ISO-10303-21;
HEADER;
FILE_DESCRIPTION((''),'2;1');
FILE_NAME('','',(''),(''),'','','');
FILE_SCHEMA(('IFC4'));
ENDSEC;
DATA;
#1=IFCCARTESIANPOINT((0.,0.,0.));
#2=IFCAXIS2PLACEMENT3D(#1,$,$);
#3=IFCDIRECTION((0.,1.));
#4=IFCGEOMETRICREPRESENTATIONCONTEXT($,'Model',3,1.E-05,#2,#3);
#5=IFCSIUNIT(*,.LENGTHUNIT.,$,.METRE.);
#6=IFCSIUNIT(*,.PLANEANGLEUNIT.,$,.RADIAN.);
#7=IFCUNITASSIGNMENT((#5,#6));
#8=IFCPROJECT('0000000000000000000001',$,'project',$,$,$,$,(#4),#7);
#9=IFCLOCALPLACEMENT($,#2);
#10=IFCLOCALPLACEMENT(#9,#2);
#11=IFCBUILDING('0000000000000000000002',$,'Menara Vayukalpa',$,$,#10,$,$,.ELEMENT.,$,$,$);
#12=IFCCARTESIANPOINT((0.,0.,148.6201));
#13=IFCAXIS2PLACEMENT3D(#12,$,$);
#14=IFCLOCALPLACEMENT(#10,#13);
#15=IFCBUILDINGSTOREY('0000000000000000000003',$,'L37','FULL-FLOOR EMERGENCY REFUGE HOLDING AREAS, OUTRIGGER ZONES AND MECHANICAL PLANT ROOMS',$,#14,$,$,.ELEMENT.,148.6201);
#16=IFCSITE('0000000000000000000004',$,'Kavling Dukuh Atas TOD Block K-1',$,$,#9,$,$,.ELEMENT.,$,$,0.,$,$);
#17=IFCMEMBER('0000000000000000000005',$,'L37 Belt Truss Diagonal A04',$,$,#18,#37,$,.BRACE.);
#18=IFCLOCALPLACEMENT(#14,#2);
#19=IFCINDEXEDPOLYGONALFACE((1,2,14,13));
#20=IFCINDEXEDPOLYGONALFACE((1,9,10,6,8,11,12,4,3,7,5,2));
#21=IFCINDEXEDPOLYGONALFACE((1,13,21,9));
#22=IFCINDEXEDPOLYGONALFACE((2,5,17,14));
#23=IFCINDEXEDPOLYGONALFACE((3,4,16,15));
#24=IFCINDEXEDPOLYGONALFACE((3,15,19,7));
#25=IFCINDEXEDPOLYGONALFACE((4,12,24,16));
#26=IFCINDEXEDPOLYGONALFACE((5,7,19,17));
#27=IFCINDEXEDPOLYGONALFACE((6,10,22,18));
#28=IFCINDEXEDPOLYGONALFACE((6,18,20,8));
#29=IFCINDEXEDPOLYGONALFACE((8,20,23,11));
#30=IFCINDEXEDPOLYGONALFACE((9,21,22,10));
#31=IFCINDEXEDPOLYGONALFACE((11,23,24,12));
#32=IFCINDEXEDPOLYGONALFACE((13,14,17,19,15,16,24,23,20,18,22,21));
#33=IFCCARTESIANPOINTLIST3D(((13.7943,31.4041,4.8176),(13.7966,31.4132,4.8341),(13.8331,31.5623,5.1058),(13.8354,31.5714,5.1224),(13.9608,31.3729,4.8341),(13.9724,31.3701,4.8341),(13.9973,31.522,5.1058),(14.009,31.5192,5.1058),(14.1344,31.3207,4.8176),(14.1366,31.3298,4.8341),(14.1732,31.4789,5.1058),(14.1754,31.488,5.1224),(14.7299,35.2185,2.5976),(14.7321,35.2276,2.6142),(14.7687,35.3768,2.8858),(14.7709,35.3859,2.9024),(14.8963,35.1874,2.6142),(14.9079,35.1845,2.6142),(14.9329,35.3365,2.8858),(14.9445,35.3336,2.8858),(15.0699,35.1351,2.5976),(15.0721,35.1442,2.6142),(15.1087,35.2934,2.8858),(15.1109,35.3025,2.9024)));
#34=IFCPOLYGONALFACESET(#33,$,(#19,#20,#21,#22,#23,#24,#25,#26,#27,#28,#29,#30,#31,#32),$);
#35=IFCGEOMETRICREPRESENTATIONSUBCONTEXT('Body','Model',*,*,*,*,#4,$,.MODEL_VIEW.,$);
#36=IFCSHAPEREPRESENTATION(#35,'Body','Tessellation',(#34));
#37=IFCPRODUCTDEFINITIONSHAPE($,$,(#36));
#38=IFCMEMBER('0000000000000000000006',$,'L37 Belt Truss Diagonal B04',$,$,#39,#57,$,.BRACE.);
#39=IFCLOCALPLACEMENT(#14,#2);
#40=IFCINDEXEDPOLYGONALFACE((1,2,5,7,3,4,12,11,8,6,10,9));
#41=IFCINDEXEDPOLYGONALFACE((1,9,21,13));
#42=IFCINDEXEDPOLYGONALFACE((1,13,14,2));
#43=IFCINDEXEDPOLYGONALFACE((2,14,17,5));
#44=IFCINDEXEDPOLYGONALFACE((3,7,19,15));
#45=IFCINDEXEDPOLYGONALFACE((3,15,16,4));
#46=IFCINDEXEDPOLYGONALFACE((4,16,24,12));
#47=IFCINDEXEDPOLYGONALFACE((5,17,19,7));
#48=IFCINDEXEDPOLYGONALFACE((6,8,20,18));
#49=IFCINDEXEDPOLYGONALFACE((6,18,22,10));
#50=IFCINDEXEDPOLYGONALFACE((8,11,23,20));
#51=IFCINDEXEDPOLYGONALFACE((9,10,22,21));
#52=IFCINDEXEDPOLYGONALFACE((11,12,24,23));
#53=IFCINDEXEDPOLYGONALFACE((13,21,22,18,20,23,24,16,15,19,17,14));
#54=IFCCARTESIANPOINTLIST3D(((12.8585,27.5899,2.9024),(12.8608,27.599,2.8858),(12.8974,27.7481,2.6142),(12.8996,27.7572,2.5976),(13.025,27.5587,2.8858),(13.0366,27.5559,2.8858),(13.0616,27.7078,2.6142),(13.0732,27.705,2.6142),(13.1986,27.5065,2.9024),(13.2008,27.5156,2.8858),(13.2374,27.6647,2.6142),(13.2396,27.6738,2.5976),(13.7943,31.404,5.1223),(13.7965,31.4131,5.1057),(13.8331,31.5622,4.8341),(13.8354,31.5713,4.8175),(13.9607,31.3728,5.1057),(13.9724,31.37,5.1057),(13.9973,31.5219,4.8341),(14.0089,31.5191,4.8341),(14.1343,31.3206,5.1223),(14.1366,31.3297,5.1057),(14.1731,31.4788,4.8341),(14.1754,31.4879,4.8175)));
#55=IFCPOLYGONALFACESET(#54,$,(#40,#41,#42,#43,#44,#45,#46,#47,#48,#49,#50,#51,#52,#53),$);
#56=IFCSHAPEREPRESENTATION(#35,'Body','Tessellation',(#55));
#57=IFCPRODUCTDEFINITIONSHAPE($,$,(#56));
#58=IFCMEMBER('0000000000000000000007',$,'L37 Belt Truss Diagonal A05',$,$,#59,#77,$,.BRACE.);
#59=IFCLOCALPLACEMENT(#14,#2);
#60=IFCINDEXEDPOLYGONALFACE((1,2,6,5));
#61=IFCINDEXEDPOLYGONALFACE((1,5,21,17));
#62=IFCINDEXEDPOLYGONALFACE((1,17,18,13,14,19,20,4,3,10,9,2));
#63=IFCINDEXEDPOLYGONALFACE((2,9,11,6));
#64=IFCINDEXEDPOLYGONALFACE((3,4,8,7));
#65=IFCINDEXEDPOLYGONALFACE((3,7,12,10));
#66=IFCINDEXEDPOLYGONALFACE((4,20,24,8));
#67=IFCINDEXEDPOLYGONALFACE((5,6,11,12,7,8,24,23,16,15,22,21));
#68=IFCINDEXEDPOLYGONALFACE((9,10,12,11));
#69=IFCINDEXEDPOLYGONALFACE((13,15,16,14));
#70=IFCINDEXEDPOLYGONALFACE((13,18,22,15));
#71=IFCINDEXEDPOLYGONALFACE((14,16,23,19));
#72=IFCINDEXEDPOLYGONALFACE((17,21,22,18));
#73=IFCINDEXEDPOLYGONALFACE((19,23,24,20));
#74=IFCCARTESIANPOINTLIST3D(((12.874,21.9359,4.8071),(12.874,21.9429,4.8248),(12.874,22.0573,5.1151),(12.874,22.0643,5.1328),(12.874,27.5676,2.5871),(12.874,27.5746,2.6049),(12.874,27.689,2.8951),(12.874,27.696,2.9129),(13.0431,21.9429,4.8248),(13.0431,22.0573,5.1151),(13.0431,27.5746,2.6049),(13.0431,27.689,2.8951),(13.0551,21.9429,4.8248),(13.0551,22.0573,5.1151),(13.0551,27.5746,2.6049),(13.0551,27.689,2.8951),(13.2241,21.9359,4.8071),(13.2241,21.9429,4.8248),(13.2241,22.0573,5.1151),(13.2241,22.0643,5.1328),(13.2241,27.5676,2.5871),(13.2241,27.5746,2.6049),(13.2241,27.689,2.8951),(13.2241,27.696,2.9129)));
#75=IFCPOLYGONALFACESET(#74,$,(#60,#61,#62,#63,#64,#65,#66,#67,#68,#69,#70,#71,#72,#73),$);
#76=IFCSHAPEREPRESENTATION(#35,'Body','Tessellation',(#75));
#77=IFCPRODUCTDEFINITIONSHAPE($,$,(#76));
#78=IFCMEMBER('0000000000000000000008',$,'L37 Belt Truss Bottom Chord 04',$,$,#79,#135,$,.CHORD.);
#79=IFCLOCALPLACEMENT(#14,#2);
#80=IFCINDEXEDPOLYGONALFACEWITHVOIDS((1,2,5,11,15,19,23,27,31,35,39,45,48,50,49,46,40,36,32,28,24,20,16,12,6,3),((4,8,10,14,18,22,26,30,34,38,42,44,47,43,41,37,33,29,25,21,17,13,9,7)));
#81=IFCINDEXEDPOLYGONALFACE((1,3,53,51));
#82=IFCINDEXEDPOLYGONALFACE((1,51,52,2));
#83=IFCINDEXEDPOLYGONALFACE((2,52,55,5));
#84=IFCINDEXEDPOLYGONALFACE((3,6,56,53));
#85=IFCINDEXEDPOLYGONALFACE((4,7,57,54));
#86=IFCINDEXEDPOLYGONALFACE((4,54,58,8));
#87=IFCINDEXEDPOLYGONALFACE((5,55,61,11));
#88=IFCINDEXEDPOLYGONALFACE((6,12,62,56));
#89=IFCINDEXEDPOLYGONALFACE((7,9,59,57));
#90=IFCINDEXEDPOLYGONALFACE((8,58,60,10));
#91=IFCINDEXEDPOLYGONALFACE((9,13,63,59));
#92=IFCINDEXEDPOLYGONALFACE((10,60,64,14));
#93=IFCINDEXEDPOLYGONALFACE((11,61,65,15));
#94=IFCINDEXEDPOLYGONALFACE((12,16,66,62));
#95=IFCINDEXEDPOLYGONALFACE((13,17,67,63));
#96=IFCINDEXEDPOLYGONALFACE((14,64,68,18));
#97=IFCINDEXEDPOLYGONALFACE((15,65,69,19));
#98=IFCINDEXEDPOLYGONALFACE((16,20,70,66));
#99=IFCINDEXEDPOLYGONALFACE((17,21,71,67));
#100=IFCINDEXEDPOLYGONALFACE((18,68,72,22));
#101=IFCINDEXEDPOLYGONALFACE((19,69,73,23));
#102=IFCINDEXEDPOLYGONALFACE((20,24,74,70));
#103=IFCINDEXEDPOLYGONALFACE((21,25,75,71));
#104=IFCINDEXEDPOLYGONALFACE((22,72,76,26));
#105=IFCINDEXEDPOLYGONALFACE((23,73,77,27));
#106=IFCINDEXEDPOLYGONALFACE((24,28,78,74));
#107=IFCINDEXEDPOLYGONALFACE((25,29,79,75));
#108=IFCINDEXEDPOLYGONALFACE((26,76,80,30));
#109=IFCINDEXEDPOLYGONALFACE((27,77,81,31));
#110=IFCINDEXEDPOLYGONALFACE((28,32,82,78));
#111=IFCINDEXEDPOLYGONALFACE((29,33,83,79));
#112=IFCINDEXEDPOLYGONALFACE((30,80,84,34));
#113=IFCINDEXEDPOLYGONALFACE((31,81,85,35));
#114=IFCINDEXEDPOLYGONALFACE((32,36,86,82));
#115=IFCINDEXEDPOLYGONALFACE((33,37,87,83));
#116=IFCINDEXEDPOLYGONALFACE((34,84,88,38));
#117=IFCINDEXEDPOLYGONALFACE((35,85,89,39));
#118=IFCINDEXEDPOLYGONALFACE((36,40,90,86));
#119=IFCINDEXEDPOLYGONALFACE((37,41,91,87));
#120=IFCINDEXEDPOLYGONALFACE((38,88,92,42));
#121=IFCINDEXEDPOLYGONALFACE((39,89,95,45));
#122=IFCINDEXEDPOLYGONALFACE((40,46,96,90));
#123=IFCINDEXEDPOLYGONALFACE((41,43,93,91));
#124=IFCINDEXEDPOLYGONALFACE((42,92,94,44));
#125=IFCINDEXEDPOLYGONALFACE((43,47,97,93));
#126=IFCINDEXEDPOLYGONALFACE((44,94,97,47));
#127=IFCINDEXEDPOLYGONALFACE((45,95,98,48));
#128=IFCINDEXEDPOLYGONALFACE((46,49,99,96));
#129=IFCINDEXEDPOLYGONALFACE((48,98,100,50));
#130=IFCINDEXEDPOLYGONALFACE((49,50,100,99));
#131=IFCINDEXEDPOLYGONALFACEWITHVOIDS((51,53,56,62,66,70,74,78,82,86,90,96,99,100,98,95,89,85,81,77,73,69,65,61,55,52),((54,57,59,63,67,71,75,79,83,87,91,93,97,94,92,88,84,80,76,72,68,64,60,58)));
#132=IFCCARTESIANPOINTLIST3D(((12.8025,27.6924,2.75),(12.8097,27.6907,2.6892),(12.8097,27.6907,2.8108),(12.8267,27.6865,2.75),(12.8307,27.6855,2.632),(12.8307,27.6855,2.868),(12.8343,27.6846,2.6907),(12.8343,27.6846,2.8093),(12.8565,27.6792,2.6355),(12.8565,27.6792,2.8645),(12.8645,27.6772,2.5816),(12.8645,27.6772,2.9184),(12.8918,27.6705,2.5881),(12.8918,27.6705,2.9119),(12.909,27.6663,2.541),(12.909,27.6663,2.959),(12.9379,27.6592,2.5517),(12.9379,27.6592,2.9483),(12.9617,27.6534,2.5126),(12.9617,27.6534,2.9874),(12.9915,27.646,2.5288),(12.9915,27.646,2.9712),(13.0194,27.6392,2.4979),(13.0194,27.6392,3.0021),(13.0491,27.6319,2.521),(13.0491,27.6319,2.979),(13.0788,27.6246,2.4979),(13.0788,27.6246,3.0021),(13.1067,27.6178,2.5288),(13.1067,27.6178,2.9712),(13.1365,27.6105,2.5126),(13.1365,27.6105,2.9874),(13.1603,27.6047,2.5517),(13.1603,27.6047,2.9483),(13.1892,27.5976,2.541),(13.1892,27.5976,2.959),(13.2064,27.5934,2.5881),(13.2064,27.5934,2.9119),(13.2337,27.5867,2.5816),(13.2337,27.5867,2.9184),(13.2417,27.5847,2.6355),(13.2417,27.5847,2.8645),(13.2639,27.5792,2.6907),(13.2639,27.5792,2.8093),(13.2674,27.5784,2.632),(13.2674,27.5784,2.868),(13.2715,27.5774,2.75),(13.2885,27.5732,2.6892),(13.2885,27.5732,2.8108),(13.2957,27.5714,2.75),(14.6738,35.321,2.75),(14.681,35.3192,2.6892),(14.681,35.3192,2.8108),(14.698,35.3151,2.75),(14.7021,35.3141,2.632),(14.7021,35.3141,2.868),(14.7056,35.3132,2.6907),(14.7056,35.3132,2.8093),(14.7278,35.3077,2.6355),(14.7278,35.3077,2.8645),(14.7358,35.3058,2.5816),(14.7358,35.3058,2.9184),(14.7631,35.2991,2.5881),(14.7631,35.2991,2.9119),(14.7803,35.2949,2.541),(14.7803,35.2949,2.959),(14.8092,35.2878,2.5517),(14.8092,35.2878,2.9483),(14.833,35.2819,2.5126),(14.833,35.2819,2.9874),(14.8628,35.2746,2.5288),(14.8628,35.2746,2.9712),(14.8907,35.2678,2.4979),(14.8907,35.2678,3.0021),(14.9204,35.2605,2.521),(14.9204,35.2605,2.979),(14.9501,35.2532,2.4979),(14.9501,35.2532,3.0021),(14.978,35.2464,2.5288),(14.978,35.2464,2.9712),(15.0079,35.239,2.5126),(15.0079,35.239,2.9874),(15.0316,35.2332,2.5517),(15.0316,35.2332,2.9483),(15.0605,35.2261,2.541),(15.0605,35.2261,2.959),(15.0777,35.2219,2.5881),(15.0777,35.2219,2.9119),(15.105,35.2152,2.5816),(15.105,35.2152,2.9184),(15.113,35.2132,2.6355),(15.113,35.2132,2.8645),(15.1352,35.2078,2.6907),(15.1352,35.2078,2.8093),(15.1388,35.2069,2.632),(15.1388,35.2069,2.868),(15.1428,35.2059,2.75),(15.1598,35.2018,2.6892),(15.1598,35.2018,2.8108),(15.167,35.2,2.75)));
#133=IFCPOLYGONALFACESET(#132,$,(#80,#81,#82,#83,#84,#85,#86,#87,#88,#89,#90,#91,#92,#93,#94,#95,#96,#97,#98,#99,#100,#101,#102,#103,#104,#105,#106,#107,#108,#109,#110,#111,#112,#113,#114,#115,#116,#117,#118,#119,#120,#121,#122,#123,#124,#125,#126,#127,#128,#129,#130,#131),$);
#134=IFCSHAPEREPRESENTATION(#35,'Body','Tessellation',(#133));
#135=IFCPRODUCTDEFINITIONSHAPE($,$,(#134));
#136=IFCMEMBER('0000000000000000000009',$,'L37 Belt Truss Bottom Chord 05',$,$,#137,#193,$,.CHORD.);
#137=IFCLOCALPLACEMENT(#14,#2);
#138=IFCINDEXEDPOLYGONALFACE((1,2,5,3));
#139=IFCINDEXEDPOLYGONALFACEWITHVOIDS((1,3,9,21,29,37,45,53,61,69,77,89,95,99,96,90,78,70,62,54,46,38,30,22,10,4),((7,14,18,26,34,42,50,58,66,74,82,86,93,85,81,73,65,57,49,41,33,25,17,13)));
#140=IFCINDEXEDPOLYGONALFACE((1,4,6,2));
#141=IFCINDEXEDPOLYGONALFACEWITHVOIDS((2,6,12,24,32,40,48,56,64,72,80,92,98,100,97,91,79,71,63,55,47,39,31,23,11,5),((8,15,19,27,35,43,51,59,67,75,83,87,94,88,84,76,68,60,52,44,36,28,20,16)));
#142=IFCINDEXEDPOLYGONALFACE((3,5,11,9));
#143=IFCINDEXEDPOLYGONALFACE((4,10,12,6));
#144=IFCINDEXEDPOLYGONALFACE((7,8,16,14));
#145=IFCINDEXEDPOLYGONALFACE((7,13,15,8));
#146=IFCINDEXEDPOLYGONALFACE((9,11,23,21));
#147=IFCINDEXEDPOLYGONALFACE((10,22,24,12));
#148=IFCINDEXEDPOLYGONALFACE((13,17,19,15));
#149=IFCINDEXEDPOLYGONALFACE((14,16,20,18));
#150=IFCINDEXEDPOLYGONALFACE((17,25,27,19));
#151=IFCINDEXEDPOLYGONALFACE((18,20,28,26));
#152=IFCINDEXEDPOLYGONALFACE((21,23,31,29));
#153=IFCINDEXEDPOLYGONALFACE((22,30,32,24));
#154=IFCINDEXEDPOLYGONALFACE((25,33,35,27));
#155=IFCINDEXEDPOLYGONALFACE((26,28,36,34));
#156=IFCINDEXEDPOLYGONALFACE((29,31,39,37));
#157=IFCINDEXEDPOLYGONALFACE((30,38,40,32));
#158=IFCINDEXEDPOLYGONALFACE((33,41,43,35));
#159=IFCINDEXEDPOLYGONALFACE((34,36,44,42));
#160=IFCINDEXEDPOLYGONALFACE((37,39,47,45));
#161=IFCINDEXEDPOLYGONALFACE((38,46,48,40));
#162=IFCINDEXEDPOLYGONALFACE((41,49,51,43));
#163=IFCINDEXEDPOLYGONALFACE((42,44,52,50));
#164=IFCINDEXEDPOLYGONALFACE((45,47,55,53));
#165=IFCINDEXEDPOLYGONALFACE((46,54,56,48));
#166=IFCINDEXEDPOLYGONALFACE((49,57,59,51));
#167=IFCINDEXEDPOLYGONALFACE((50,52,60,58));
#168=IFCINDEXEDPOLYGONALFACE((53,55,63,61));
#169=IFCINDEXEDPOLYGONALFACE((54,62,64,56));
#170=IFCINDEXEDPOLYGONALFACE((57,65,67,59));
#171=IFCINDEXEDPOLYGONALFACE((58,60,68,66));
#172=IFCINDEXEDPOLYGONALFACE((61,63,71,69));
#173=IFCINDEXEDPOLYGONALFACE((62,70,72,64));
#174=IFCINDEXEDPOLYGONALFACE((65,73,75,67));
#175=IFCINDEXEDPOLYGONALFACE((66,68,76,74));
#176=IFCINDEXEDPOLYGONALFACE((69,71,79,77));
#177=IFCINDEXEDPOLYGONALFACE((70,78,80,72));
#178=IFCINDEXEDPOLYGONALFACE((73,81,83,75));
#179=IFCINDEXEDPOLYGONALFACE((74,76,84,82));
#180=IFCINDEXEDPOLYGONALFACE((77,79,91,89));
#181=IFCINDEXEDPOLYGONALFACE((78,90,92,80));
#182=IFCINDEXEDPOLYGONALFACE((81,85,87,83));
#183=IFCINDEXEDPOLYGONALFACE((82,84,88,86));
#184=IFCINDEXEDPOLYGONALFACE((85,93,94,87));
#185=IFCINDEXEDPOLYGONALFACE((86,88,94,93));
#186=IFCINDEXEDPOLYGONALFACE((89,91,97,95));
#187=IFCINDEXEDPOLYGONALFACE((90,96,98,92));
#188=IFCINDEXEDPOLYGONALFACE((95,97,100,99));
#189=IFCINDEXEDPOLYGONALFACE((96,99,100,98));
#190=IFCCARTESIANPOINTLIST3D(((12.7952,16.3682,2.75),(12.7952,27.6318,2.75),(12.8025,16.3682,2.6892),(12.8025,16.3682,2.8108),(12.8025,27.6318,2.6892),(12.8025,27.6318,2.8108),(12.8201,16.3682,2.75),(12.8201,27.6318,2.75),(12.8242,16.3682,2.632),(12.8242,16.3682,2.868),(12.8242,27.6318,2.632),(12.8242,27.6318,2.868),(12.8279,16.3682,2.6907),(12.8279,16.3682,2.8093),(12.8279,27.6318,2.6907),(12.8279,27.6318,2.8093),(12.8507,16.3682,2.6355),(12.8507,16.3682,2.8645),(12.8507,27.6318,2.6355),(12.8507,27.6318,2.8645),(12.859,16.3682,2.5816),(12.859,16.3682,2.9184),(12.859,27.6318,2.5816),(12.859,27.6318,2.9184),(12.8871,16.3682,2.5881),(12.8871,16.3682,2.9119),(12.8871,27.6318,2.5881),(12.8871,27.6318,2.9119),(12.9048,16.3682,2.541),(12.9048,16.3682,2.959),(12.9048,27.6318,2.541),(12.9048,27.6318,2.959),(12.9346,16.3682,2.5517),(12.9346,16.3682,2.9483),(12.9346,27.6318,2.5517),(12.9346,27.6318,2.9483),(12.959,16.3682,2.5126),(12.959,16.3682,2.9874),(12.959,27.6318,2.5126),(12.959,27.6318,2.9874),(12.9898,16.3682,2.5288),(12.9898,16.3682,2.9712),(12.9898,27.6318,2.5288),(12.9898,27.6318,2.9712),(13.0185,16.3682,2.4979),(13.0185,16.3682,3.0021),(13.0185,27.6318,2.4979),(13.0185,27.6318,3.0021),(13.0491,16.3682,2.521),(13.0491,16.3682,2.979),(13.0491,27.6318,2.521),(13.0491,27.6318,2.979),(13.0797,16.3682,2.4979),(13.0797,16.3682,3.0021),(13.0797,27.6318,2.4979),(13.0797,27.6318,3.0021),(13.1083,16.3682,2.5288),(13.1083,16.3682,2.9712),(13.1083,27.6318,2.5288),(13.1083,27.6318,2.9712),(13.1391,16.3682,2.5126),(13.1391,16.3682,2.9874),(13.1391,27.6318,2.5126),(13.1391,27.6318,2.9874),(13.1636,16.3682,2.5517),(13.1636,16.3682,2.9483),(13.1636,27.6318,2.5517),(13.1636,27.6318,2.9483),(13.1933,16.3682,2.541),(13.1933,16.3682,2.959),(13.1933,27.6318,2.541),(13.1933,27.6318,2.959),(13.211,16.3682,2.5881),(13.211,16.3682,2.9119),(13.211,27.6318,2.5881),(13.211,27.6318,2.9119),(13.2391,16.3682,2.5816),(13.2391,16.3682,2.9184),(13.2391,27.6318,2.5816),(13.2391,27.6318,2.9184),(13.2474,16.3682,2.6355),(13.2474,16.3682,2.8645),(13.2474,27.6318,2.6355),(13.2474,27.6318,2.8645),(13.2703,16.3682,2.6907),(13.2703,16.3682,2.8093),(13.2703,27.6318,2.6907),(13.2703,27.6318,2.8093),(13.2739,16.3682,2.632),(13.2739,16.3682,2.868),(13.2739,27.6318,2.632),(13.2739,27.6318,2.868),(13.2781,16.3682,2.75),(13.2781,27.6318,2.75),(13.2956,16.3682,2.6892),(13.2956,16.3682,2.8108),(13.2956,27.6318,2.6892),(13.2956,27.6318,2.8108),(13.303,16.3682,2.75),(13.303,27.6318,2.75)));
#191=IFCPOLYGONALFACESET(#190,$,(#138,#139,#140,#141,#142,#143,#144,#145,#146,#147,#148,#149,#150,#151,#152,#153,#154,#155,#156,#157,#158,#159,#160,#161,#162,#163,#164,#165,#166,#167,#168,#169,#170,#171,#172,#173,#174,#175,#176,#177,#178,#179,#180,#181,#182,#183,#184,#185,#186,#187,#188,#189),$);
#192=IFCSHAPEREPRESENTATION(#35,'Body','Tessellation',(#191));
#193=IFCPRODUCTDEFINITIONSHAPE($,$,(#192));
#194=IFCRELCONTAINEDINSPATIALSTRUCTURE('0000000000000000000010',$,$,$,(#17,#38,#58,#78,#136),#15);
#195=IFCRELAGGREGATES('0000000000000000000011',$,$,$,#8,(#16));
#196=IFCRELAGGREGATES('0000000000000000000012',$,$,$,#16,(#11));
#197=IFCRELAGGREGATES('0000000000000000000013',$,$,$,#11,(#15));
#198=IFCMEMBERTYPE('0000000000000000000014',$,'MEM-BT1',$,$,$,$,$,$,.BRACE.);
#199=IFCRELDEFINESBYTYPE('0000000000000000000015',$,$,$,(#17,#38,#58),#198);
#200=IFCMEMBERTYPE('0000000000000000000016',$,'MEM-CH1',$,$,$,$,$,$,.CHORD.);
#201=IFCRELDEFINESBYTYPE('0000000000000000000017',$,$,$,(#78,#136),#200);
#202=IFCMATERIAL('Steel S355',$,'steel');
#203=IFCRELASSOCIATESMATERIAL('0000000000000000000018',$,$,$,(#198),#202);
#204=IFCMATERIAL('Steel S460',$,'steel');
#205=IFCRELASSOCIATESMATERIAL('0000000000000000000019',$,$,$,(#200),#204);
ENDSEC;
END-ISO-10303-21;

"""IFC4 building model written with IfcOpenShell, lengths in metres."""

from ifc_helpers import new_model, si_unit, direction, frame, origin, origin_2d, place, context, subcontext, project, spatial, hollow_circle, i_section, extrude, material, material_profile, profile_set, type_object, element, save


model = new_model("IFC4")

# Units and contexts
model_context = context("Model", 3, precision=1e-05, world=origin(), true_north=direction((0.0, 1.0)))
body_context = subcontext(model_context, "Body", "Model", "MODEL_VIEW")
ifc_project = project(units=[si_unit("LENGTHUNIT", "METRE"), si_unit("PLANEANGLEUNIT", "RADIAN")], contexts=[model_context])

# Site, building, storey
site_placement = place(None, origin())
site = spatial("IfcSite", under=ifc_project, at=site_placement, Name="Kavling Dukuh Atas TOD Block K-1", CompositionType="ELEMENT", RefElevation=0.0)
building_placement = place(site_placement, origin())
building = spatial("IfcBuilding", under=site, at=building_placement, Name="Menara Vayukalpa", CompositionType="ELEMENT")
storey_placement = place(building_placement, frame((0.0, 0.0, 148.6201)))
storey = spatial("IfcBuildingStorey", under=building, at=storey_placement, Name="L37", Description="FULL-FLOOR EMERGENCY REFUGE HOLDING AREAS, OUTRIGGER ZONES AND MECHANICAL PLANT ROOMS", CompositionType="ELEMENT", Elevation=148.6201)

# Members
ifc_material_1 = material(Name="Steel S355", Category="steel")
ifc_material_profile_1 = material_profile(ifc_material_1, i_section(OverallWidth=0.3501, OverallDepth=0.3501, WebThickness=0.012, FlangeThickness=0.019, at=origin_2d()), Name="H 350x350x12x19")
ifc_profile_set_1 = profile_set([ifc_material_profile_1], Name="Steel S355")
member_type_1 = type_object("IfcMemberType", Name="MEM-BT1", PredefinedType="BRACE", material=ifc_profile_set_1)
member_1_placement = place(storey_placement, frame((14.9204, 35.2605, 2.75), z_axis=(-0.20737, -0.845497, 0.49207), x_axis=(0.971215, -0.238204, 0.0)))
element("IfcMember", 1, at=member_1_placement, inside=storey, type_object=member_type_1, Name="L37 Belt Truss Diagonal A04", PredefinedType="BRACE", context=body_context, shape_type="SweptSolid", body=[
    extrude(i_section(OverallWidth=0.3501, OverallDepth=0.3501, WebThickness=0.012, FlangeThickness=0.019, at=origin_2d()), origin(), (0.0, 0.0, 1.0), 4.5115),
])
member_2_placement = place(storey_placement, frame((13.0491, 27.6318, 2.75), z_axis=(0.207431, 0.845472, 0.492087), x_axis=(-0.971197, 0.238277, 0.0)))
element("IfcMember", 2, at=member_2_placement, inside=storey, type_object=member_type_1, Name="L37 Belt Truss Diagonal B04", PredefinedType="BRACE", context=body_context, shape_type="SweptSolid", body=[
    extrude(i_section(OverallWidth=0.3501, OverallDepth=0.3501, WebThickness=0.012, FlangeThickness=0.019, at=origin_2d()), origin(), (0.0, 0.0, 1.0), 4.5112),
])
member_3_placement = place(storey_placement, frame((13.0491, 27.6318, 2.75), z_axis=(0.0, -0.930331, 0.36672), x_axis=(1.0, 0.0, 0.0)))
element("IfcMember", 3, at=member_3_placement, inside=storey, type_object=member_type_1, Name="L37 Belt Truss Diagonal A05", PredefinedType="BRACE", context=body_context, shape_type="SweptSolid", body=[
    extrude(i_section(OverallWidth=0.3501, OverallDepth=0.3501, WebThickness=0.012, FlangeThickness=0.019, at=origin_2d()), origin(), (0.0, 0.0, 1.0), 6.0535),
])
ifc_material_2 = material(Name="Steel S460", Category="steel")
ifc_material_profile_2 = material_profile(ifc_material_2, hollow_circle(Radius=0.2539, WallThickness=0.0249, at=origin_2d()), Name="CHS 508.0x25")
ifc_profile_set_2 = profile_set([ifc_material_profile_2], Name="Steel S460")
member_type_2 = type_object("IfcMemberType", Name="MEM-CH1", PredefinedType="CHORD", material=ifc_profile_set_2)
member_4_placement = place(storey_placement, frame((14.9204, 35.2605, 2.75), z_axis=(-0.23824, -0.971206, 0.0), x_axis=(0.971206, -0.23824, 0.0)))
element("IfcMember", 4, at=member_4_placement, inside=storey, type_object=member_type_2, Name="L37 Belt Truss Bottom Chord 04", PredefinedType="CHORD", context=body_context, shape_type="SweptSolid", body=[
    extrude(hollow_circle(Radius=0.2539, WallThickness=0.0249, at=origin_2d()), origin(), (0.0, 0.0, 1.0), 7.8547),
])
member_5_placement = place(storey_placement, frame((13.0491, 27.6318, 2.75), z_axis=(0.0, -1.0, 0.0), x_axis=(1.0, 0.0, 0.0)))
element("IfcMember", 5, at=member_5_placement, inside=storey, type_object=member_type_2, Name="L37 Belt Truss Bottom Chord 05", PredefinedType="CHORD", context=body_context, shape_type="SweptSolid", body=[
    extrude(hollow_circle(Radius=0.2539, WallThickness=0.0249, at=origin_2d()), origin(), (0.0, 0.0, 1.0), 11.2637),
])

save(model, "model.ifc")
